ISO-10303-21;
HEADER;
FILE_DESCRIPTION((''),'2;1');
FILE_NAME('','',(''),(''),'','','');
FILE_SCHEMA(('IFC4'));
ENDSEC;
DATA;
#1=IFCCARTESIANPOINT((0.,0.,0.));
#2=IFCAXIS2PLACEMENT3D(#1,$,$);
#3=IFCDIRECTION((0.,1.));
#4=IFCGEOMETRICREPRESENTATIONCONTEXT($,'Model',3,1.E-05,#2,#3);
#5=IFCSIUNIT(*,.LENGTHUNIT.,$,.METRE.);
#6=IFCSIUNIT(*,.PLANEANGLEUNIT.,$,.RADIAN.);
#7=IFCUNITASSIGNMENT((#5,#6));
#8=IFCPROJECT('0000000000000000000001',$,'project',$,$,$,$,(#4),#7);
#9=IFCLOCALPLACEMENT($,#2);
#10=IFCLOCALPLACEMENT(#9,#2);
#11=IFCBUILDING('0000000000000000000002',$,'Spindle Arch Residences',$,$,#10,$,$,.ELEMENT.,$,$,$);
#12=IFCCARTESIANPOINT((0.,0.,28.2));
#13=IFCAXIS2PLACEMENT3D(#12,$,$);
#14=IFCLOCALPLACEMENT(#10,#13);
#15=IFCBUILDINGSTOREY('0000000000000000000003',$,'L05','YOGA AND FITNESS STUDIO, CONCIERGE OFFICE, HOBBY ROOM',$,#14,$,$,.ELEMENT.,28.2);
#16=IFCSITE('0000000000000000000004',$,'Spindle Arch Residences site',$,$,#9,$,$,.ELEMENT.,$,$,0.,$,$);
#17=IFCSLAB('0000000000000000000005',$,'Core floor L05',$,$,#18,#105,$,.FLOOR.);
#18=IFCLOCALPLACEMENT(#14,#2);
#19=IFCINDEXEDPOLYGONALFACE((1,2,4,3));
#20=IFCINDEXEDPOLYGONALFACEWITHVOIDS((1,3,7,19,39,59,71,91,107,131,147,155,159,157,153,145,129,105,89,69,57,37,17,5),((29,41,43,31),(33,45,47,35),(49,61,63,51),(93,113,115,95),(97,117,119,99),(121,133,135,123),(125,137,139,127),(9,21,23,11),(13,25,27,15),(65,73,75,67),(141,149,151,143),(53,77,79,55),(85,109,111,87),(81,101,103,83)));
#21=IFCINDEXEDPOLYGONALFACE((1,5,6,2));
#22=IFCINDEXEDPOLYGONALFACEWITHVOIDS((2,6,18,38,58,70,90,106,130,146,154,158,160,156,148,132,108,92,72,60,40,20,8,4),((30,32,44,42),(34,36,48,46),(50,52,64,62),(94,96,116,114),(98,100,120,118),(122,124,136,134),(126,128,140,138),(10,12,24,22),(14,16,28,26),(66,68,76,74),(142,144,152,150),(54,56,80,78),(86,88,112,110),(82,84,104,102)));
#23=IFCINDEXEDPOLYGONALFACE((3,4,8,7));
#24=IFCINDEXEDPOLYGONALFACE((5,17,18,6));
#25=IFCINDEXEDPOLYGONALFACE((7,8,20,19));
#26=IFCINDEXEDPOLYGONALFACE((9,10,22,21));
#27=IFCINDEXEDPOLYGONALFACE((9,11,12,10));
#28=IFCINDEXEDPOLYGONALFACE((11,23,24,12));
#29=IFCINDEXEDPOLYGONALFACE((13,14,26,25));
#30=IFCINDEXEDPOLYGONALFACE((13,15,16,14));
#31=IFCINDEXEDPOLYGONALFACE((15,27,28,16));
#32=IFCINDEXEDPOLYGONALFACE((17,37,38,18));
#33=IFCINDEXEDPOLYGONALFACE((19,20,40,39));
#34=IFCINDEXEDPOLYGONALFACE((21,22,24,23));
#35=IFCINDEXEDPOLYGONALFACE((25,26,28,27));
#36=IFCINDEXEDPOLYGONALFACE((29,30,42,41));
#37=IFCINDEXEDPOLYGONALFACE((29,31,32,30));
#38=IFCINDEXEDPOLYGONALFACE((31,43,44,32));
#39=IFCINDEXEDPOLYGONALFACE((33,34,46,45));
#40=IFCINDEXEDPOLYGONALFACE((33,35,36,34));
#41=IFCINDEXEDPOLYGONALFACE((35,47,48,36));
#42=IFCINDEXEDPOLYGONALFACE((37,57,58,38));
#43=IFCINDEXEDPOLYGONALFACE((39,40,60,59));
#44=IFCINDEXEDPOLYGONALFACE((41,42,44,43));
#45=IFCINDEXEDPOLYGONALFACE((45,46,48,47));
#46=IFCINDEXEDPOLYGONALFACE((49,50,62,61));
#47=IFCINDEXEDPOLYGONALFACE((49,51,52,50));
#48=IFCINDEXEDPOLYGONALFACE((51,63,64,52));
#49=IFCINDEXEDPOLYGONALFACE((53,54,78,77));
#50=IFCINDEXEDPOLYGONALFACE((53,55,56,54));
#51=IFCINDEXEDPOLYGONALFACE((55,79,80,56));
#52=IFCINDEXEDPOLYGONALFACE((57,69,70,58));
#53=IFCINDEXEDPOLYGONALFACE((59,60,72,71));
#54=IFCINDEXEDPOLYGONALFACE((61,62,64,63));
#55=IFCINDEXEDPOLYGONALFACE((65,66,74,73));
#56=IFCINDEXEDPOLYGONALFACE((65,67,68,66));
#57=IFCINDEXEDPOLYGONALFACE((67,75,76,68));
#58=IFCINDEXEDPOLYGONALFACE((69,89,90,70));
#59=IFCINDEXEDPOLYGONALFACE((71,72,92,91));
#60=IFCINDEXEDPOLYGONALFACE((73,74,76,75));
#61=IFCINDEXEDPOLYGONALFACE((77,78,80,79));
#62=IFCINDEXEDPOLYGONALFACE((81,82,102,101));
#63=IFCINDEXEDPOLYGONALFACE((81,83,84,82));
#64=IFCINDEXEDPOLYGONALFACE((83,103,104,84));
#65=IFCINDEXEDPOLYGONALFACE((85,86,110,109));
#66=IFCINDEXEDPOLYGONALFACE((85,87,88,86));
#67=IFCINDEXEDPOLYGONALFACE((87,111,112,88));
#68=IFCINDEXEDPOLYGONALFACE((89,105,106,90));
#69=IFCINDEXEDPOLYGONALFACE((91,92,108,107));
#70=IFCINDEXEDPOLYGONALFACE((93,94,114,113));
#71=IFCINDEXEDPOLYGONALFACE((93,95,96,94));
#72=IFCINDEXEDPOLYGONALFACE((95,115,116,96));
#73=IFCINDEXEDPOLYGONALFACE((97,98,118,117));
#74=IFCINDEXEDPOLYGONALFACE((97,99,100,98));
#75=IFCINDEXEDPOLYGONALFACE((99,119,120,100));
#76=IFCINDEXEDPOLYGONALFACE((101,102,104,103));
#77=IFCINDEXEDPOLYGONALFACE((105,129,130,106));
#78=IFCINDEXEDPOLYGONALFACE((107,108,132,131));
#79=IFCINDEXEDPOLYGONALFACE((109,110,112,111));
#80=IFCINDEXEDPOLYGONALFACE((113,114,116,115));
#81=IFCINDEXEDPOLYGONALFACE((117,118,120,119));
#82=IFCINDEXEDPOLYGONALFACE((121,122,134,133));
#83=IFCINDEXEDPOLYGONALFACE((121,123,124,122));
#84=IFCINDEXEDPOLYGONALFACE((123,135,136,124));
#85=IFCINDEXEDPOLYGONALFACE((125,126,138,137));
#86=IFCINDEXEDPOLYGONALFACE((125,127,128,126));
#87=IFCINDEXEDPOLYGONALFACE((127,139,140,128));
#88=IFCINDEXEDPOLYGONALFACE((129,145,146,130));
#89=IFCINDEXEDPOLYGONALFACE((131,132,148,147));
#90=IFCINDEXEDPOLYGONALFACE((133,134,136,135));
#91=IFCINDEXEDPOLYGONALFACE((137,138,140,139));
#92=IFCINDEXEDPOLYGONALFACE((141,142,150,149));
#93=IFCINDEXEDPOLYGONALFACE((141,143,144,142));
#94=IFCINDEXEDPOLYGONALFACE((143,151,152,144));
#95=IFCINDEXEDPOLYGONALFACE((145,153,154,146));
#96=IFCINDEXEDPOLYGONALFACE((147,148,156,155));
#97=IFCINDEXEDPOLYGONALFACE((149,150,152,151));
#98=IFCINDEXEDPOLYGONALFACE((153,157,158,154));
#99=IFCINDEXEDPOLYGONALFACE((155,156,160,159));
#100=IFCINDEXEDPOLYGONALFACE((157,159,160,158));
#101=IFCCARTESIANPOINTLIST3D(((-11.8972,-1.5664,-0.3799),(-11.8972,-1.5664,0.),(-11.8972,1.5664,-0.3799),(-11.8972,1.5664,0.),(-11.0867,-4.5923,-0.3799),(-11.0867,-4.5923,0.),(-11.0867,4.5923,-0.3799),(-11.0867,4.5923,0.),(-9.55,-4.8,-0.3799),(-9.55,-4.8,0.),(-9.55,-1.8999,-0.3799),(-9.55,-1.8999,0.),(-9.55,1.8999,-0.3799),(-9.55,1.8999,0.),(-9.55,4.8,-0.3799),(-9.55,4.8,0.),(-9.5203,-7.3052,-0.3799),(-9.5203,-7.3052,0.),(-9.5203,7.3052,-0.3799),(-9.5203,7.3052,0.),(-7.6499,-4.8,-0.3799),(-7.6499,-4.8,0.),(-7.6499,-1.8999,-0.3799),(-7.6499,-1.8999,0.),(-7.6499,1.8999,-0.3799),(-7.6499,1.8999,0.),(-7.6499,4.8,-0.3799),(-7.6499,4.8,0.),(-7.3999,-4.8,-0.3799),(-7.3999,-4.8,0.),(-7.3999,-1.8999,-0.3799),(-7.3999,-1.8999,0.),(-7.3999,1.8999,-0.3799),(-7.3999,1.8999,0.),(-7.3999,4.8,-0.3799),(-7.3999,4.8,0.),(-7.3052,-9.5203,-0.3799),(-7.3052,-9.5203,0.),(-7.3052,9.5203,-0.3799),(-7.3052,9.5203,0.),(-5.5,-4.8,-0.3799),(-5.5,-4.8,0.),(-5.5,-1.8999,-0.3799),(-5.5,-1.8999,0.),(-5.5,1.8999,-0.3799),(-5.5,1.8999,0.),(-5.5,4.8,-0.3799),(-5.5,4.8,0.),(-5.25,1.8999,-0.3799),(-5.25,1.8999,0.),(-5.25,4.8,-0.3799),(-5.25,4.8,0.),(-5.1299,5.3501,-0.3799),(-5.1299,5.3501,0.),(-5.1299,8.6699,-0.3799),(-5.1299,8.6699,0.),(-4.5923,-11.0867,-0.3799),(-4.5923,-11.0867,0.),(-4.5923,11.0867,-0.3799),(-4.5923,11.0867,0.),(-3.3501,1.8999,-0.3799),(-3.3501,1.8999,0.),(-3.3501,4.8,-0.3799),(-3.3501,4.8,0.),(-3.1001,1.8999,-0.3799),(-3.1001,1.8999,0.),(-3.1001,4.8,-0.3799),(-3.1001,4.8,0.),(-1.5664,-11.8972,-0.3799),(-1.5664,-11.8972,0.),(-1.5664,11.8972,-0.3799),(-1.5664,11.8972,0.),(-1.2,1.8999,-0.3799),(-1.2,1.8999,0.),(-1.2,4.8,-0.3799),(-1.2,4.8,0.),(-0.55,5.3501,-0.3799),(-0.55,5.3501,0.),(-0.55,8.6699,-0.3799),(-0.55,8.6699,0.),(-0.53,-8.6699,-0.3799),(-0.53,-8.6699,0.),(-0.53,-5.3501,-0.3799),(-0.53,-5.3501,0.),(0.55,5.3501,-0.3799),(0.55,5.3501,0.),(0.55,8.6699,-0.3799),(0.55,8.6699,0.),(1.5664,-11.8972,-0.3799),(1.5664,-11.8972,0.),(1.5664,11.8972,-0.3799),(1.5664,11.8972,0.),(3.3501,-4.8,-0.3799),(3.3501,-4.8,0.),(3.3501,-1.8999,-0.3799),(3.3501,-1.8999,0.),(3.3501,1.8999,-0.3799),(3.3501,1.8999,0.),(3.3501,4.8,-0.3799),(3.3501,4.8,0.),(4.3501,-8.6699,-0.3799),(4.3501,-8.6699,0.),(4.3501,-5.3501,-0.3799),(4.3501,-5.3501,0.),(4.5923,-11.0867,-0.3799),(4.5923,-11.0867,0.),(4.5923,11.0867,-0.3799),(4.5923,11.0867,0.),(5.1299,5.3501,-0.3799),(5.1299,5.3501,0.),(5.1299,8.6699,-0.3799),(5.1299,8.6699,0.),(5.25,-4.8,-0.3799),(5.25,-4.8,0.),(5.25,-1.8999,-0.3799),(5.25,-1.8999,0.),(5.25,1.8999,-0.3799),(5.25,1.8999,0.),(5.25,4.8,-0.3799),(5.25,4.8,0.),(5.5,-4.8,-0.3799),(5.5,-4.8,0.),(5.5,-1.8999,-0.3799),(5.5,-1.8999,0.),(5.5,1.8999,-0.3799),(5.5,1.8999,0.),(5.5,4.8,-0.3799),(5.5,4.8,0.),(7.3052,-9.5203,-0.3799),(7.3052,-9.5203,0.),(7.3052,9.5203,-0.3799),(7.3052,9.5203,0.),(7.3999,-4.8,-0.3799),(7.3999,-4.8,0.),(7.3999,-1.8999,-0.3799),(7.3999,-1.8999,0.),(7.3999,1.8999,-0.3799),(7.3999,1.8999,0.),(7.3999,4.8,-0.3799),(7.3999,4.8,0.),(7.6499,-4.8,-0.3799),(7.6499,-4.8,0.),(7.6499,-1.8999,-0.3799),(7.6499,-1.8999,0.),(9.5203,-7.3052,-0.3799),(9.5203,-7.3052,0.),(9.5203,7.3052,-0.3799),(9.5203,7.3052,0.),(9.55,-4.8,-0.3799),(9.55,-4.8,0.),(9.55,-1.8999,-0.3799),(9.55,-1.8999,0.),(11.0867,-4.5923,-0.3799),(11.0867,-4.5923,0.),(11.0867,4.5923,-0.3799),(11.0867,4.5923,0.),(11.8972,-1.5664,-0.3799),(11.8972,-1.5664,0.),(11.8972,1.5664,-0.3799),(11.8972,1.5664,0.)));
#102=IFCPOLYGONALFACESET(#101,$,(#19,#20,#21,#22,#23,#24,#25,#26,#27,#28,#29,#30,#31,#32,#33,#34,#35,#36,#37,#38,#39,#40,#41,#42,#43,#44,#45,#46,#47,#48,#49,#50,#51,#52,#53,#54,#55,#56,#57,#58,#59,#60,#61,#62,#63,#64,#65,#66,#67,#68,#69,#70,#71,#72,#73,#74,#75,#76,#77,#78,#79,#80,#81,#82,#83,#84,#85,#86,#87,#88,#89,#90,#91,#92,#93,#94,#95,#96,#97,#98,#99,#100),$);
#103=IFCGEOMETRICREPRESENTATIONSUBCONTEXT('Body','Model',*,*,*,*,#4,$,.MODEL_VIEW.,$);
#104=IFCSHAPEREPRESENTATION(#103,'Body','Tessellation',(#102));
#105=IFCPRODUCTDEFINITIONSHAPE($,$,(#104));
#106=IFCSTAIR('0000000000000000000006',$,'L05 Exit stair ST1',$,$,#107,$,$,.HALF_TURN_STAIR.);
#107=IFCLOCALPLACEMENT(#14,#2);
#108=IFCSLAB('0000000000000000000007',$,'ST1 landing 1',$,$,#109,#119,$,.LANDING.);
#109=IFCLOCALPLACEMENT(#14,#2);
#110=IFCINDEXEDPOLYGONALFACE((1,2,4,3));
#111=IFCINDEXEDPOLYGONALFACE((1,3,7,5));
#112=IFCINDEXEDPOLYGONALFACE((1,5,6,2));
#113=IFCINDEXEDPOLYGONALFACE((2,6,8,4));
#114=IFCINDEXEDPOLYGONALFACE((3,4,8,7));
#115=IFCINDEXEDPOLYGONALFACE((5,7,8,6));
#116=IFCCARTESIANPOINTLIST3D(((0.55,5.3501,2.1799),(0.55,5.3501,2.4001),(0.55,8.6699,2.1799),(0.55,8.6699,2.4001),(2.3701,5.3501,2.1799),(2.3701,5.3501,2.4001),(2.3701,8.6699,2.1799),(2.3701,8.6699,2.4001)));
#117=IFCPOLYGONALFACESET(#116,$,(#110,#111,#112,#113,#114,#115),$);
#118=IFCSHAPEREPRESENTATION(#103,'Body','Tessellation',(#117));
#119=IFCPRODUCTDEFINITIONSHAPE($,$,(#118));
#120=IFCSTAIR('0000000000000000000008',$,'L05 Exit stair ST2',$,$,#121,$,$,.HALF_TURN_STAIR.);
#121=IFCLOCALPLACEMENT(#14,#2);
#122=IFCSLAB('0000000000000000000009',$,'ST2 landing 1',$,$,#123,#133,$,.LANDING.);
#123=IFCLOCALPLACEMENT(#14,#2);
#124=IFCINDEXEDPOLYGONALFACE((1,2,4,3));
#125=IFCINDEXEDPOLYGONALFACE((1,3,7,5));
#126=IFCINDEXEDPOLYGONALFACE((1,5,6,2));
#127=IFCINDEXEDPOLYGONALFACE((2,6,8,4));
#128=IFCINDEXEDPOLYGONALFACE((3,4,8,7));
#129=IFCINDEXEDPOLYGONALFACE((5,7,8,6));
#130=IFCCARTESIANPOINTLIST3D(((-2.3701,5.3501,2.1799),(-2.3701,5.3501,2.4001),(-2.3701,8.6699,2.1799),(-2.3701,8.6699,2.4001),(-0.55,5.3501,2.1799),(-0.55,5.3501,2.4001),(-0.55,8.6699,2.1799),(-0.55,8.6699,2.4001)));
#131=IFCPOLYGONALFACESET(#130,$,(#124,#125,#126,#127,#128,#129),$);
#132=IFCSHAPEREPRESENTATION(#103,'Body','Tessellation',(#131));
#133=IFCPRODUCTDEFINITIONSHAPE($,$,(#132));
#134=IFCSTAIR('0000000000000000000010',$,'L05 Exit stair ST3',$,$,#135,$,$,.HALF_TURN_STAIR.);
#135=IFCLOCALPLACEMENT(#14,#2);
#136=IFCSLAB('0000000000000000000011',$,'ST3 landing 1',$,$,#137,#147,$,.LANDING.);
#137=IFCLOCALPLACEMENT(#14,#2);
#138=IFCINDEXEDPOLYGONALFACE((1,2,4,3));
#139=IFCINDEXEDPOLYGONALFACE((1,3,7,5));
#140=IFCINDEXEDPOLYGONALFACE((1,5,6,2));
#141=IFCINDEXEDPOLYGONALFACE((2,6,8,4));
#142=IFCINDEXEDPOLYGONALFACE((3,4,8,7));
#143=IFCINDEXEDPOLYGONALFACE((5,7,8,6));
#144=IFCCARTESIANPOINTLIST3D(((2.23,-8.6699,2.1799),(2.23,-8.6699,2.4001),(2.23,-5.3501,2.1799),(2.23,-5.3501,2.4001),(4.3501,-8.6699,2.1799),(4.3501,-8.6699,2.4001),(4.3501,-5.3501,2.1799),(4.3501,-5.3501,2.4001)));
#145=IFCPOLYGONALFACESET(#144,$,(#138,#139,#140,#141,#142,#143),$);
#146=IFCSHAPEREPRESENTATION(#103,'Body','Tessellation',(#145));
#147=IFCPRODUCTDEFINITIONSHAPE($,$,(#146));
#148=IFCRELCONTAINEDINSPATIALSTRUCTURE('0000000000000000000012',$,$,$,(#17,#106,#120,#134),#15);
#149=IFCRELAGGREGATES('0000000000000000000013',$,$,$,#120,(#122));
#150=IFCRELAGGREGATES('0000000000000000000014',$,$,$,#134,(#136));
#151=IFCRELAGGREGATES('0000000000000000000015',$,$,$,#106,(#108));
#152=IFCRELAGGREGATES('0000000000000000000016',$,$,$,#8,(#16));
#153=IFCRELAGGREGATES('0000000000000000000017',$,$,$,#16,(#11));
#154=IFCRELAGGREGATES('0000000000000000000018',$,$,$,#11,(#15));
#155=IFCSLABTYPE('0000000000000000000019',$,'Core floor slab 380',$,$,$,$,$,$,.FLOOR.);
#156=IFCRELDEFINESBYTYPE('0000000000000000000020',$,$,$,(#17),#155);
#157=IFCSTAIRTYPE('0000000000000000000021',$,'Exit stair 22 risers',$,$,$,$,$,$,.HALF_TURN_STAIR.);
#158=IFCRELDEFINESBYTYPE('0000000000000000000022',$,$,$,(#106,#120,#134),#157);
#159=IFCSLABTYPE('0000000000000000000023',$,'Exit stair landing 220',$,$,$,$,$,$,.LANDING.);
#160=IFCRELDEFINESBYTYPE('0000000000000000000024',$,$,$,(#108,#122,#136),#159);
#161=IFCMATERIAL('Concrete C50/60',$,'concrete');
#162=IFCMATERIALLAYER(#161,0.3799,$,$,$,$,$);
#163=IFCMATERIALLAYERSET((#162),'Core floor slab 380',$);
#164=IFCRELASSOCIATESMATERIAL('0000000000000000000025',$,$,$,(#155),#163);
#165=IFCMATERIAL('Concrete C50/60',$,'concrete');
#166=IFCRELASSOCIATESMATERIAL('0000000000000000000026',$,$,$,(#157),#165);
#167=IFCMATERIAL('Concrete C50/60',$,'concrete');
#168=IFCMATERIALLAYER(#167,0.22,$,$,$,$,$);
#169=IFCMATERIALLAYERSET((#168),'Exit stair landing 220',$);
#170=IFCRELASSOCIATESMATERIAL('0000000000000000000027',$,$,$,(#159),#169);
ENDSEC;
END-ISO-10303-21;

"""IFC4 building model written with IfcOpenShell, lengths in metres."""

from ifc_helpers import new_model, si_unit, direction, frame, origin, place, context, subcontext, project, spatial, polyline, outline, extrude, material, layer, layer_set, type_object, element, aggregate, save


model = new_model("IFC4")

# Units and contexts
model_context = context("Model", 3, precision=1e-05, world=origin(), true_north=direction((0.0, 1.0)))
body_context = subcontext(model_context, "Body", "Model", "MODEL_VIEW")
ifc_project = project(units=[si_unit("LENGTHUNIT", "METRE"), si_unit("PLANEANGLEUNIT", "RADIAN")], contexts=[model_context])

# Site, building, storey
site_placement = place(None, origin())
site = spatial("IfcSite", under=ifc_project, at=site_placement, Name="Spindle Arch Residences site", CompositionType="ELEMENT", RefElevation=0.0)
building_placement = place(site_placement, origin())
building = spatial("IfcBuilding", under=site, at=building_placement, Name="Spindle Arch Residences", CompositionType="ELEMENT")
storey_placement = place(building_placement, frame((0.0, 0.0, 28.2)))
storey = spatial("IfcBuildingStorey", under=building, at=storey_placement, Name="L05", Description="YOGA AND FITNESS STUDIO, CONCIERGE OFFICE, HOBBY ROOM", CompositionType="ELEMENT", Elevation=28.2)

# Slab
ifc_material_1 = material(Name="Concrete C50/60", Category="concrete")
ifc_layer_1 = layer(ifc_material_1, 0.3799)
ifc_layer_set_1 = layer_set([ifc_layer_1], Name="Core floor slab 380")
slab_type_1 = type_object("IfcSlabType", Name="Core floor slab 380", PredefinedType="FLOOR", material=ifc_layer_set_1)
slab_1_placement = place(storey_placement, frame((0.0, 0.0, -0.3799)))
element("IfcSlab", 1, at=slab_1_placement, inside=storey, type_object=slab_type_1, Name="Core floor L05", PredefinedType="FLOOR", context=body_context, shape_type="SweptSolid", body=[
    extrude(outline(polyline([(1.5664, -11.8972), (4.5923, -11.0867), (7.3052, -9.5203), (9.5203, -7.3052), (11.0867, -4.5923), (11.8972, -1.5664), (11.8972, 1.5664), (11.0867, 4.5923), (9.5203, 7.3052), (7.3052, 9.5203), (4.5923, 11.0867), (1.5664, 11.8972), (-1.5664, 11.8972), (-4.5923, 11.0867), (-7.3052, 9.5203), (-9.5203, 7.3052), (-11.0867, 4.5923), (-11.8972, 1.5664), (-11.8972, -1.5664), (-11.0867, -4.5923), (-9.5203, -7.3052), (-7.3052, -9.5203), (-4.5923, -11.0867), (-1.5664, -11.8972), (1.5664, -11.8972)]), holes=[polyline([(-9.55, 1.8999), (-7.6499, 1.8999), (-7.6499, 4.8), (-9.55, 4.8), (-9.55, 1.8999)]), polyline([(-7.3999, 1.8999), (-5.5, 1.8999), (-5.5, 4.8), (-7.3999, 4.8), (-7.3999, 1.8999)]), polyline([(-5.25, 1.8999), (-3.3501, 1.8999), (-3.3501, 4.8), (-5.25, 4.8), (-5.25, 1.8999)]), polyline([(-3.1001, 1.8999), (-1.2, 1.8999), (-1.2, 4.8), (-3.1001, 4.8), (-3.1001, 1.8999)]), polyline([(3.3501, 1.8999), (5.25, 1.8999), (5.25, 4.8), (3.3501, 4.8), (3.3501, 1.8999)]), polyline([(5.5, 1.8999), (7.3999, 1.8999), (7.3999, 4.8), (5.5, 4.8), (5.5, 1.8999)]), polyline([(-9.55, -4.8), (-7.6499, -4.8), (-7.6499, -1.8999), (-9.55, -1.8999), (-9.55, -4.8)]), polyline([(-7.3999, -4.8), (-5.5, -4.8), (-5.5, -1.8999), (-7.3999, -1.8999), (-7.3999, -4.8)]), polyline([(3.3501, -4.8), (5.25, -4.8), (5.25, -1.8999), (3.3501, -1.8999), (3.3501, -4.8)]), polyline([(5.5, -4.8), (7.3999, -4.8), (7.3999, -1.8999), (5.5, -1.8999), (5.5, -4.8)]), polyline([(7.6499, -4.8), (9.55, -4.8), (9.55, -1.8999), (7.6499, -1.8999), (7.6499, -4.8)]), polyline([(5.1299, 8.6699), (0.55, 8.6699), (0.55, 5.3501), (5.1299, 5.3501), (5.1299, 8.6699)]), polyline([(-5.1299, 5.3501), (-0.55, 5.3501), (-0.55, 8.6699), (-5.1299, 8.6699), (-5.1299, 5.3501)]), polyline([(-0.53, -8.6699), (4.3501, -8.6699), (4.3501, -5.3501), (-0.53, -5.3501), (-0.53, -8.6699)])]), origin(), (0.0, 0.0, 1.0), 0.3799),
])

# Stairs, slabs
ifc_material_2 = material(Name="Concrete C50/60", Category="concrete")
stair_type = type_object("IfcStairType", Name="Exit stair 22 risers", PredefinedType="HALF_TURN_STAIR", material=ifc_material_2)
stair_1_placement = place(storey_placement, origin())
stair_1 = element("IfcStair", 2, at=stair_1_placement, inside=storey, type_object=stair_type, Name="L05 Exit stair ST1", PredefinedType="HALF_TURN_STAIR")
ifc_material_3 = material(Name="Concrete C50/60", Category="concrete")
ifc_layer_2 = layer(ifc_material_3, 0.22)
ifc_layer_set_2 = layer_set([ifc_layer_2], Name="Exit stair landing 220")
slab_type_2 = type_object("IfcSlabType", Name="Exit stair landing 220", PredefinedType="LANDING", material=ifc_layer_set_2)
slab_2_placement = place(storey_placement, frame((0.0, 0.0, 2.1799)))
slab_2 = element("IfcSlab", 3, at=slab_2_placement, type_object=slab_type_2, Name="ST1 landing 1", PredefinedType="LANDING", context=body_context, shape_type="SweptSolid", body=[
    extrude(outline(polyline([(2.3701, 8.6699), (0.55, 8.6699), (0.55, 5.3501), (2.3701, 5.3501), (2.3701, 8.6699)])), origin(), (0.0, 0.0, 1.0), 0.2202),
])
stair_2_placement = place(storey_placement, origin())
stair_2 = element("IfcStair", 4, at=stair_2_placement, inside=storey, type_object=stair_type, Name="L05 Exit stair ST2", PredefinedType="HALF_TURN_STAIR")
slab_3_placement = place(storey_placement, frame((0.0, 0.0, 2.1799)))
slab_3 = element("IfcSlab", 5, at=slab_3_placement, type_object=slab_type_2, Name="ST2 landing 1", PredefinedType="LANDING", context=body_context, shape_type="SweptSolid", body=[
    extrude(outline(polyline([(-2.3701, 5.3501), (-0.55, 5.3501), (-0.55, 8.6699), (-2.3701, 8.6699), (-2.3701, 5.3501)])), origin(), (0.0, 0.0, 1.0), 0.2202),
])
aggregate(stair_2, [slab_3])
stair_3_placement = place(storey_placement, origin())
stair_3 = element("IfcStair", 6, at=stair_3_placement, inside=storey, type_object=stair_type, Name="L05 Exit stair ST3", PredefinedType="HALF_TURN_STAIR")
slab_4_placement = place(storey_placement, frame((0.0, 0.0, 2.1799)))
slab_4 = element("IfcSlab", 7, at=slab_4_placement, type_object=slab_type_2, Name="ST3 landing 1", PredefinedType="LANDING", context=body_context, shape_type="SweptSolid", body=[
    extrude(outline(polyline([(2.23, -8.6699), (4.3501, -8.6699), (4.3501, -5.3501), (2.23, -5.3501), (2.23, -8.6699)])), origin(), (0.0, 0.0, 1.0), 0.2202),
])
aggregate(stair_3, [slab_4])

aggregate(stair_1, [slab_2])

save(model, "model.ifc")
